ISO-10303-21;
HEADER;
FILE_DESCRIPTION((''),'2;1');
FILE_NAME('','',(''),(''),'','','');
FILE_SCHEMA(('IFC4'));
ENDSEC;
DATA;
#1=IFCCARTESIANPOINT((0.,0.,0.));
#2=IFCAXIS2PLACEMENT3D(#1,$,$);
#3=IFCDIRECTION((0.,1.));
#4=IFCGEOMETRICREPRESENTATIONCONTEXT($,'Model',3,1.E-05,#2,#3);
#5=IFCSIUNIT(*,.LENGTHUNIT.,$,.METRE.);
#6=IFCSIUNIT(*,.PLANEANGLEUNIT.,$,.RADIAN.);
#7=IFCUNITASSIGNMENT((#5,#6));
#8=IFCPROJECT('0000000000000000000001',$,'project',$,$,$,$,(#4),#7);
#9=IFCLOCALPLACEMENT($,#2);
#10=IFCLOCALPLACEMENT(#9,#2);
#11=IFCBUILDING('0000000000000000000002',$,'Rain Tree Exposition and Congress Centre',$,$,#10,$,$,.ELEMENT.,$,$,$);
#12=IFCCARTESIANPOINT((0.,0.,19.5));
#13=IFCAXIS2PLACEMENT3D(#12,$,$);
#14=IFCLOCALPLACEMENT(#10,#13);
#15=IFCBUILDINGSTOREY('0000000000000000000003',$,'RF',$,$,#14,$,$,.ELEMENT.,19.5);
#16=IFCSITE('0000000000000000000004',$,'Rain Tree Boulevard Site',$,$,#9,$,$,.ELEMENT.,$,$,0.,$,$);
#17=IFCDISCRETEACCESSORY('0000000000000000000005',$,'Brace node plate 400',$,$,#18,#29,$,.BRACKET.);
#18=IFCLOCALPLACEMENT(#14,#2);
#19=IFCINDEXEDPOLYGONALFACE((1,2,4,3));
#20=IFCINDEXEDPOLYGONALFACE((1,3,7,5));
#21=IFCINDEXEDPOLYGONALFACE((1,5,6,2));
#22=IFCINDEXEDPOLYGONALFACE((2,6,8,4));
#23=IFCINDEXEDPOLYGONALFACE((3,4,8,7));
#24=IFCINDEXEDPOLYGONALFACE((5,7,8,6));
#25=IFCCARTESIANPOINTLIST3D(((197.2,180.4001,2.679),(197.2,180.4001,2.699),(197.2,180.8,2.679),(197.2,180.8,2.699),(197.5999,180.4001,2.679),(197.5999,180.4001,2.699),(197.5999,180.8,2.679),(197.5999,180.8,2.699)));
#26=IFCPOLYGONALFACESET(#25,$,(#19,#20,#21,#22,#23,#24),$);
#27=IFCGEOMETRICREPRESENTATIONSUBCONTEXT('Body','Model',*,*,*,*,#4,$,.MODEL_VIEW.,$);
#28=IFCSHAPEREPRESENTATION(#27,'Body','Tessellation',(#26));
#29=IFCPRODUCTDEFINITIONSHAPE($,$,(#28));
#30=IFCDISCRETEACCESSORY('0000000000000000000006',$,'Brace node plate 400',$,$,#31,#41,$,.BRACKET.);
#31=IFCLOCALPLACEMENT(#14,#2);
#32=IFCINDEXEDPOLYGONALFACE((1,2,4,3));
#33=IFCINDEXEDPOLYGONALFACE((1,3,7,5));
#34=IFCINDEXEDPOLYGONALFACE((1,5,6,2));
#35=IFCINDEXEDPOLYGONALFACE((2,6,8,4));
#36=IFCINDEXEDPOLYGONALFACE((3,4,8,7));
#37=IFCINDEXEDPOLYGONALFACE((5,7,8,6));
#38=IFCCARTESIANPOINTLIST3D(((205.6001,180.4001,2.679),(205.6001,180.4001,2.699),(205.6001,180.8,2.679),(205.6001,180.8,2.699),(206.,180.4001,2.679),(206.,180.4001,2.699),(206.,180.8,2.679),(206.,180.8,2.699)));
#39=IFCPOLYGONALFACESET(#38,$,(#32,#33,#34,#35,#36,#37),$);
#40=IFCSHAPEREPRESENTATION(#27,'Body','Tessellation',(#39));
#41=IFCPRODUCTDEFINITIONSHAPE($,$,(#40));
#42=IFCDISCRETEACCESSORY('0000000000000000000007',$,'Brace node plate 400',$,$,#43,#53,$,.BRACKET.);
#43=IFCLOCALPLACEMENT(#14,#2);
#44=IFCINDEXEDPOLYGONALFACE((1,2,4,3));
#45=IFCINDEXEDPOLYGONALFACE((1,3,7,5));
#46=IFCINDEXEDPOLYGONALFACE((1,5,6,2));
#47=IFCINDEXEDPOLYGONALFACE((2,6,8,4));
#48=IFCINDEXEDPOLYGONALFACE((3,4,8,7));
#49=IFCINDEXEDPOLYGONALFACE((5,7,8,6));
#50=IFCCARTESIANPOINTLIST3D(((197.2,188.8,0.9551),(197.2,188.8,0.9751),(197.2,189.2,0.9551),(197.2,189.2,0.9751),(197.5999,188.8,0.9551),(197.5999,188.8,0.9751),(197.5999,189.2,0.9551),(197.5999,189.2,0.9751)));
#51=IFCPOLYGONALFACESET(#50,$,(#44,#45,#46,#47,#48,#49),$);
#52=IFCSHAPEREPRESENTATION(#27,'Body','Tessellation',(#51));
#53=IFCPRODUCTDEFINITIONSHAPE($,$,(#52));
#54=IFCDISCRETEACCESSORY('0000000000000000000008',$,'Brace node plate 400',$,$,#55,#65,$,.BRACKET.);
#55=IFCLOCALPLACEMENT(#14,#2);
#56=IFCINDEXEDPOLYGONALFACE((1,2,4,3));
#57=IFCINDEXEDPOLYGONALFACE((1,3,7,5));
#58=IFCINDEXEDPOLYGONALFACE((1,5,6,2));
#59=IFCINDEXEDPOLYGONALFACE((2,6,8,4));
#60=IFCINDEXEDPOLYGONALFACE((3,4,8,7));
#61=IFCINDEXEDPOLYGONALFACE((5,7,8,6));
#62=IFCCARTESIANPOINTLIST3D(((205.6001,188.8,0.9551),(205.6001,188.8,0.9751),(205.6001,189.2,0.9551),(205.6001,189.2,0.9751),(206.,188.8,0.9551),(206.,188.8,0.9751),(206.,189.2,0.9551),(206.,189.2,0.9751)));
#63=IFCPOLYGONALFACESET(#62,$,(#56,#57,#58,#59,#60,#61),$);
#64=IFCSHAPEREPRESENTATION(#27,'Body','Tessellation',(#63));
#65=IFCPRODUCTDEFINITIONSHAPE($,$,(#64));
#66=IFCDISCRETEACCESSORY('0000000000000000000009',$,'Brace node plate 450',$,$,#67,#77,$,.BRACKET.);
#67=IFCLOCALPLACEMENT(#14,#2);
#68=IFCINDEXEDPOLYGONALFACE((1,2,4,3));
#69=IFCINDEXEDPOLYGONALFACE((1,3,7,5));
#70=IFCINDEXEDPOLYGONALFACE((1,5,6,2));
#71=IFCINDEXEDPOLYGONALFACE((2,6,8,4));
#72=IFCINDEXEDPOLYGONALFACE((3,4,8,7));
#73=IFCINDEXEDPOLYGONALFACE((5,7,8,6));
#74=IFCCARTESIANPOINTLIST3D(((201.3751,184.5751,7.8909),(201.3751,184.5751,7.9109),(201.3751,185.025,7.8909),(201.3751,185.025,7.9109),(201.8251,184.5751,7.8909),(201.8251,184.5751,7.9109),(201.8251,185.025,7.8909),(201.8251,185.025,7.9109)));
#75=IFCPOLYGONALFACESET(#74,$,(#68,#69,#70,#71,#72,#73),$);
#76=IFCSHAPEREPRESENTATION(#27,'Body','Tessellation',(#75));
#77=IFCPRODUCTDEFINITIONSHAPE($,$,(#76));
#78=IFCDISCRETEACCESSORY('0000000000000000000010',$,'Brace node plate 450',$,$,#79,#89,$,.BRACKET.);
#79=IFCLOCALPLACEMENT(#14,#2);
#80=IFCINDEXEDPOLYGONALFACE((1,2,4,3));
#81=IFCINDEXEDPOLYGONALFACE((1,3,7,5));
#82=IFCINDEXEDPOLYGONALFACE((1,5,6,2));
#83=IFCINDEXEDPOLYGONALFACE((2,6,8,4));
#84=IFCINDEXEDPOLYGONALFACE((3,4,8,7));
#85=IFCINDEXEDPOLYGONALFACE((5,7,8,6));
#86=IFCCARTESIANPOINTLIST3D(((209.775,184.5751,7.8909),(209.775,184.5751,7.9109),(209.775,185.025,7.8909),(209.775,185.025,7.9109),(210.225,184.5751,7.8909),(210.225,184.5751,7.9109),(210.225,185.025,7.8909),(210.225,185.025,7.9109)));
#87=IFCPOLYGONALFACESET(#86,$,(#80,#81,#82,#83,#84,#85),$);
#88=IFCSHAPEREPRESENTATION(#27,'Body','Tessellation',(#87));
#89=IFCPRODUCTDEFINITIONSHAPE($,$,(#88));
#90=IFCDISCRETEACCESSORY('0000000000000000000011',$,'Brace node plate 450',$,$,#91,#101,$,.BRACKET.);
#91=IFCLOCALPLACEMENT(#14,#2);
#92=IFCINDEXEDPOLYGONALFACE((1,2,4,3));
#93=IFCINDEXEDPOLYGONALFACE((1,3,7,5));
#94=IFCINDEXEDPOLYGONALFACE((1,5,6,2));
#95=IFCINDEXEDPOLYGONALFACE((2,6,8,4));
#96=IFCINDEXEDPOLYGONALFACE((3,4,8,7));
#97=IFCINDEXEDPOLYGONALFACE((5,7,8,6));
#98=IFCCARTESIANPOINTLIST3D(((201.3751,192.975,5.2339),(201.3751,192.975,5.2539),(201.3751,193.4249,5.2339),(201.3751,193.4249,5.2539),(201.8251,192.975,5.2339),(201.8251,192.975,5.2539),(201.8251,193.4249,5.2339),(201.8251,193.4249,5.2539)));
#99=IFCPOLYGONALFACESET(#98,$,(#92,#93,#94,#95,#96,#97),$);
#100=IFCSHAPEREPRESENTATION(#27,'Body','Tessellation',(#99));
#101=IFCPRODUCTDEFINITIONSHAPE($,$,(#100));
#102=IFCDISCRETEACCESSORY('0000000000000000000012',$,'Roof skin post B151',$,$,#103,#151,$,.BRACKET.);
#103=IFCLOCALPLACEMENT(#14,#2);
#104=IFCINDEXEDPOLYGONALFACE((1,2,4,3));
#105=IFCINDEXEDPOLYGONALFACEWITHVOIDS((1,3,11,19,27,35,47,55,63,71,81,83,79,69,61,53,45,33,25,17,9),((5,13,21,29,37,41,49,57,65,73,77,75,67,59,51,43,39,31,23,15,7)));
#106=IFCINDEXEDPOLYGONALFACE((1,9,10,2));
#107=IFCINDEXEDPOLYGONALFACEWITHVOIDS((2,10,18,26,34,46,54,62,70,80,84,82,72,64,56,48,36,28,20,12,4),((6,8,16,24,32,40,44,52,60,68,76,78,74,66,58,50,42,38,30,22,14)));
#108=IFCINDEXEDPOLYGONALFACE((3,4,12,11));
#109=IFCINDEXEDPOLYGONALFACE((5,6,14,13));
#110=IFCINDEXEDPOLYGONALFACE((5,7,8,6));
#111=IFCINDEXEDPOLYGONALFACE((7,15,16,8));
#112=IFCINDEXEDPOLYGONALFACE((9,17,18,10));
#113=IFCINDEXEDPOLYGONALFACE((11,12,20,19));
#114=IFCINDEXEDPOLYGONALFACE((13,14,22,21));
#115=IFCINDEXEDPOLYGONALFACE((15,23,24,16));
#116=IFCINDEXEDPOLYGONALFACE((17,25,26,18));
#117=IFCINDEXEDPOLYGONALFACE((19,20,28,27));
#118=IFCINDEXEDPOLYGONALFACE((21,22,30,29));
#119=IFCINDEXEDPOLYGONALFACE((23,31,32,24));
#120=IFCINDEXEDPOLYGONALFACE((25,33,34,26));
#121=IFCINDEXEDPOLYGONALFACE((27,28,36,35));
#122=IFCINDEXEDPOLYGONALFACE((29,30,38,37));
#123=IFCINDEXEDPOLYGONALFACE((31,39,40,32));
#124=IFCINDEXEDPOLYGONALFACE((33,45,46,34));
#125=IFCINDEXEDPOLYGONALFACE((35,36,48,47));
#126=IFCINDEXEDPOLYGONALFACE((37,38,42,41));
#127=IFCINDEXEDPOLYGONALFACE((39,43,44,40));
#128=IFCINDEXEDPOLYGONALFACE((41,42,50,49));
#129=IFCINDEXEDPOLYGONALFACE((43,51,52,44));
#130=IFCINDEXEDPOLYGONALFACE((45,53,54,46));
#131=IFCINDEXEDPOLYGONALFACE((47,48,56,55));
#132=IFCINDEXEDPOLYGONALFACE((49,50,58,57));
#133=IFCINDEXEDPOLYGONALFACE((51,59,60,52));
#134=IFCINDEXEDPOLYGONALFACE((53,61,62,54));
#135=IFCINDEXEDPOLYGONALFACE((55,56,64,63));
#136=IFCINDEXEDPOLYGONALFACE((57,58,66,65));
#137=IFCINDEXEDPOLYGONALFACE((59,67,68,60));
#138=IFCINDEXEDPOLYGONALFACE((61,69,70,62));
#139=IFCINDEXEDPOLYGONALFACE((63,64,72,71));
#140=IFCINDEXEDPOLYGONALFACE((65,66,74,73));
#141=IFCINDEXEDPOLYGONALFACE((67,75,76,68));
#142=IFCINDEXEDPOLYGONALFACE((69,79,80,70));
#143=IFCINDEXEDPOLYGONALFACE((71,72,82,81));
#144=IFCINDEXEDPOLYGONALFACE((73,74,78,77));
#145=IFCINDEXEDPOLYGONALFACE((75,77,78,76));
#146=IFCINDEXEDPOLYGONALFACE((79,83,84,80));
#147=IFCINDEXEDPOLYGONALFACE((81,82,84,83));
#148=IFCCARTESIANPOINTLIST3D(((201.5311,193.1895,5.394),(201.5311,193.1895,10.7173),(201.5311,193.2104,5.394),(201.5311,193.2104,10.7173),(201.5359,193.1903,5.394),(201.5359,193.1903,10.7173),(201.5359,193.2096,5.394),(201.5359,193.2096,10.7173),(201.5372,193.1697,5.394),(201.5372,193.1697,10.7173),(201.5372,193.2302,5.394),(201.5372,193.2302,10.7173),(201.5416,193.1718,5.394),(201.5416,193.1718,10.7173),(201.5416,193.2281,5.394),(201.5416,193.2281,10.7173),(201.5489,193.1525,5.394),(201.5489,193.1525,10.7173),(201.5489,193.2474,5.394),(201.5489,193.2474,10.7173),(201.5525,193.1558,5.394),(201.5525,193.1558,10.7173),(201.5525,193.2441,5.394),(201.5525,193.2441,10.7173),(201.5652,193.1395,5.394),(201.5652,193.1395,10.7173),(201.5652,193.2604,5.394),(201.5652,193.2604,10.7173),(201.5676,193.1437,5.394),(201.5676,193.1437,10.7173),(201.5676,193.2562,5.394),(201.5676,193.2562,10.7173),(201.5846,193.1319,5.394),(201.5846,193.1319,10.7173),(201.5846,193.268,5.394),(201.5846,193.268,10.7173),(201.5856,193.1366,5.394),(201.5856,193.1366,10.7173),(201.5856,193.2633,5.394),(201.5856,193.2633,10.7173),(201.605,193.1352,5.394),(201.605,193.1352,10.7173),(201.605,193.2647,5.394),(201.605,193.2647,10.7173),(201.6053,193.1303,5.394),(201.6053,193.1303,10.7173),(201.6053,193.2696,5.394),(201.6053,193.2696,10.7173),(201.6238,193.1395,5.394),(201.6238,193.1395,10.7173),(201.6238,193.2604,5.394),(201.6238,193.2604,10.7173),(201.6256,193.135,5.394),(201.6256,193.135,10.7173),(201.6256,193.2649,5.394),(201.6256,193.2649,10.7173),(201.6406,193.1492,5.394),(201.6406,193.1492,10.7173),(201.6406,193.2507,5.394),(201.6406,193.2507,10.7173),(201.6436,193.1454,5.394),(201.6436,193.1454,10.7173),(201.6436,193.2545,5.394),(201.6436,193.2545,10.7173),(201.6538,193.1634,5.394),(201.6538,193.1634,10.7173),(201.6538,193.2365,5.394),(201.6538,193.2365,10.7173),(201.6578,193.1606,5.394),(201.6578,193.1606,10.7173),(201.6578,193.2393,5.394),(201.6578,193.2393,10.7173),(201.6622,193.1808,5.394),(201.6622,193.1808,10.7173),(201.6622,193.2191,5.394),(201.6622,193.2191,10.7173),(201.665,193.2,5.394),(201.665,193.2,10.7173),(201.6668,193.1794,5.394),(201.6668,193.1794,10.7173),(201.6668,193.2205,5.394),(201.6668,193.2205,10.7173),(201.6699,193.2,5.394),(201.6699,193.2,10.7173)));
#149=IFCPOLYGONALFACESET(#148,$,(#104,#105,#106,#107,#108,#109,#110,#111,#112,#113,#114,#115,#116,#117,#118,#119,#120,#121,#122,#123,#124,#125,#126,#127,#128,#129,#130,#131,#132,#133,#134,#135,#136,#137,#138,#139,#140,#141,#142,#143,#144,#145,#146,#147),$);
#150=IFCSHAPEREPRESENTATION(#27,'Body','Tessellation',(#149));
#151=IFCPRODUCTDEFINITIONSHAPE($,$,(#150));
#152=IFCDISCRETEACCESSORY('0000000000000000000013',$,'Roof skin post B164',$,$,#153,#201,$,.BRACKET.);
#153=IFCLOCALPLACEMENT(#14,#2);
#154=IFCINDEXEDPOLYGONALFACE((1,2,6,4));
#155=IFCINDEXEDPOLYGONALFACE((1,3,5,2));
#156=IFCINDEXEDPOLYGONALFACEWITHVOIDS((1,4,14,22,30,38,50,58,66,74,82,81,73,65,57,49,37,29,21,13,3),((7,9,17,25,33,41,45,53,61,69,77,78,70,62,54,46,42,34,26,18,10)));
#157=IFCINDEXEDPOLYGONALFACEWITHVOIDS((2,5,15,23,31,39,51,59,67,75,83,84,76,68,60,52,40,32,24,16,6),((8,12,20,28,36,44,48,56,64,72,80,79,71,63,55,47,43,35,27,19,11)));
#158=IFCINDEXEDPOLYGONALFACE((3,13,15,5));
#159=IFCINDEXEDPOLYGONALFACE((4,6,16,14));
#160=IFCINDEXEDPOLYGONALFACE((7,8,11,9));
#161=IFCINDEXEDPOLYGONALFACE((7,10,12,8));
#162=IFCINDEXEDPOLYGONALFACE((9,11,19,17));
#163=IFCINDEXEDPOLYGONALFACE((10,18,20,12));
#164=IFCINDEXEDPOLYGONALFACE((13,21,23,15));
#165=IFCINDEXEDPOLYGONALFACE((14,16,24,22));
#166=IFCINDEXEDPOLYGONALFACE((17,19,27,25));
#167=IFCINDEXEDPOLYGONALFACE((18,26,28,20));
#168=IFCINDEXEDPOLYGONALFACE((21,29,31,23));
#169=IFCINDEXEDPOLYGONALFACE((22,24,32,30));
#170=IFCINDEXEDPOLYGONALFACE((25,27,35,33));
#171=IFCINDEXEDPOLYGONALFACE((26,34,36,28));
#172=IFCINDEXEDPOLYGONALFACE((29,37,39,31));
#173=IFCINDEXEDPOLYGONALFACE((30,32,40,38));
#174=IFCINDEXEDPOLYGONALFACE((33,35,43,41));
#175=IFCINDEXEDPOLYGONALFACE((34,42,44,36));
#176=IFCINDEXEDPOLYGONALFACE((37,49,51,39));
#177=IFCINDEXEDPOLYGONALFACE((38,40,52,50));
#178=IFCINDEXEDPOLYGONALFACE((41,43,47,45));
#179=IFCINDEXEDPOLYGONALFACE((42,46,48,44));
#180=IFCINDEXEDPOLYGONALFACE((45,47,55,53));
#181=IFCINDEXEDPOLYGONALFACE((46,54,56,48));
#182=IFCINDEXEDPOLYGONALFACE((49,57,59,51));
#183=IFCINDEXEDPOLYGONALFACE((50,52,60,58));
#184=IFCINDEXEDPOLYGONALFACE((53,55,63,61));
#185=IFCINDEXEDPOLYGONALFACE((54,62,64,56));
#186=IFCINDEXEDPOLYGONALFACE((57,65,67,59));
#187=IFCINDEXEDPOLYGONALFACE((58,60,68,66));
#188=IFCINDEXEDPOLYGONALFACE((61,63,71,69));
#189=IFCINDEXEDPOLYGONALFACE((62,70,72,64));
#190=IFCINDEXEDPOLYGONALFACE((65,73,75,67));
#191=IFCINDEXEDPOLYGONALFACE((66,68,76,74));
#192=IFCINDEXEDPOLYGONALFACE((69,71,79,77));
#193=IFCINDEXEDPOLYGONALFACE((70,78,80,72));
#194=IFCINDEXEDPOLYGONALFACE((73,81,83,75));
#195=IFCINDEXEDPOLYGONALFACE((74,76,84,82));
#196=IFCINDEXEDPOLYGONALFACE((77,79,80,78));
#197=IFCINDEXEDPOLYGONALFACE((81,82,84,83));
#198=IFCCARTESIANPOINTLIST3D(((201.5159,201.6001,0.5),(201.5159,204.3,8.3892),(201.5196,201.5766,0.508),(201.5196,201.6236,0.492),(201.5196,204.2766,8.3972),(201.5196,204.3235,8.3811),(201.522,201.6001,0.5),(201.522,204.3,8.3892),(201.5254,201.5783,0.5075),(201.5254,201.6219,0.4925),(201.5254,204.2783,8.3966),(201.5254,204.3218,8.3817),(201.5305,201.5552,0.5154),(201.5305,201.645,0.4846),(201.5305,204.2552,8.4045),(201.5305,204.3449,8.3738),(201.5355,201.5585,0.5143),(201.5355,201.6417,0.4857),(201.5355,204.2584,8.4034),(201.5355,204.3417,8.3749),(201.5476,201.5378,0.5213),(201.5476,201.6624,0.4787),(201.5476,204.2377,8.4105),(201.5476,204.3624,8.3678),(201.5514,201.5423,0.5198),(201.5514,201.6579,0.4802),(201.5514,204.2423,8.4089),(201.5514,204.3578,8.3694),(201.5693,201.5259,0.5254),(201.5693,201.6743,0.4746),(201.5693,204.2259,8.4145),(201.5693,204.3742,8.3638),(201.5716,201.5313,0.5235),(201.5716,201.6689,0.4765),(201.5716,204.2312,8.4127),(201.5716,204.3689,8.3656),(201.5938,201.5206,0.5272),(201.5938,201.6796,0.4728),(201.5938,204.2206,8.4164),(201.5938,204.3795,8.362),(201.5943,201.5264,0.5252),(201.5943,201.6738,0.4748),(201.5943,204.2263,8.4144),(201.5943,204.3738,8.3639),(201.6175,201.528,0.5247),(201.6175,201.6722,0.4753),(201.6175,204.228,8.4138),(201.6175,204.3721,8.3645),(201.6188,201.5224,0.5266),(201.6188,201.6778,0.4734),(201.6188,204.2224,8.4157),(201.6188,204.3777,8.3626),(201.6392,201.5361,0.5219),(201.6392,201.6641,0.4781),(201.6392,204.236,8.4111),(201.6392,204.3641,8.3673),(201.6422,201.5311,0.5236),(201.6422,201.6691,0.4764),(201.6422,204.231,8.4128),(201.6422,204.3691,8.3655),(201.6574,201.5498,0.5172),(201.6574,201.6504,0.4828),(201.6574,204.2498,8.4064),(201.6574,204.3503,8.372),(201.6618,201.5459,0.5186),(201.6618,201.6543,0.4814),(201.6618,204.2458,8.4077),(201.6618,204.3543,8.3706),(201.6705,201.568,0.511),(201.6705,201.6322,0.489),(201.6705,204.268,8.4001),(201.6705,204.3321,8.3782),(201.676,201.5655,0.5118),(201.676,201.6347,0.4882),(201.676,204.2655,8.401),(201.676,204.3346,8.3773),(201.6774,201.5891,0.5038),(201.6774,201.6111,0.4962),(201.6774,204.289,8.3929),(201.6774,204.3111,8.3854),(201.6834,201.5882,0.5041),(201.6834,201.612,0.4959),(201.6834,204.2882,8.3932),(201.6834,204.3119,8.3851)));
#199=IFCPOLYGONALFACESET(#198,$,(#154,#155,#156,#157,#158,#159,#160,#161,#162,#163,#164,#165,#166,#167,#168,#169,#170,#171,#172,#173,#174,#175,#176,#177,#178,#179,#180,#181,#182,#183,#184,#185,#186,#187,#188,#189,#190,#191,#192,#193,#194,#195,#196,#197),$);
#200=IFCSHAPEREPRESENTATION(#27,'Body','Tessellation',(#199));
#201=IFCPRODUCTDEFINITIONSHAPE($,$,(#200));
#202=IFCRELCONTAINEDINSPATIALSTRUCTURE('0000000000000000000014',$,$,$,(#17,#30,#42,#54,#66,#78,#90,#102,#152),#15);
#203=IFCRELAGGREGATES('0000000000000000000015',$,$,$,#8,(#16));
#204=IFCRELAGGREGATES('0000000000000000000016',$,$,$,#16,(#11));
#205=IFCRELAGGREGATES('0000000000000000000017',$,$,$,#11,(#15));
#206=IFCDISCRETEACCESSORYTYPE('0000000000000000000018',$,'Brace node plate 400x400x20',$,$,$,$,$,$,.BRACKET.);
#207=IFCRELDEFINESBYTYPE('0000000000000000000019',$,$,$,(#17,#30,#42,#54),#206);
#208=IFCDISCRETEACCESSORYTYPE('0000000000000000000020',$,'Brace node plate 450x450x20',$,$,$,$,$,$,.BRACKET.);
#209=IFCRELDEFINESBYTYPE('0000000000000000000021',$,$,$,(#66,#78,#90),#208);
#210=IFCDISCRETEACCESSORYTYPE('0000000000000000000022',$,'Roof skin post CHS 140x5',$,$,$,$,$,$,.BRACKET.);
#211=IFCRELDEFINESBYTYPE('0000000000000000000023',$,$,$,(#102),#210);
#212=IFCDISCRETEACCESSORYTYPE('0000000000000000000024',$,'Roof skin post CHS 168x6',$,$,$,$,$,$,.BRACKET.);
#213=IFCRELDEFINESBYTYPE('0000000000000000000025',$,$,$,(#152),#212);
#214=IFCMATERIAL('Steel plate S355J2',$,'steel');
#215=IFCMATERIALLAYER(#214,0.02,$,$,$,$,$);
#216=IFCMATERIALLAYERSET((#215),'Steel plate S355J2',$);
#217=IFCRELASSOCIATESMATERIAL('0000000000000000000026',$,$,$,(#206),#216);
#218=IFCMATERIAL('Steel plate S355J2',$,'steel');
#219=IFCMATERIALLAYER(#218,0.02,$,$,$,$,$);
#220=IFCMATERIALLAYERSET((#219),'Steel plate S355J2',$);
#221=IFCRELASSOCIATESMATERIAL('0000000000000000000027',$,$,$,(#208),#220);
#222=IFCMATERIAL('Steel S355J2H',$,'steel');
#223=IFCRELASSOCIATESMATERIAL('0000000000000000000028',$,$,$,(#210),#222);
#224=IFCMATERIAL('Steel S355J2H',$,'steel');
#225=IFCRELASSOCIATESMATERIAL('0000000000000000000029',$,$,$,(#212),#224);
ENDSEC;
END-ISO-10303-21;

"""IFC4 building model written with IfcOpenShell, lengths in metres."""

from ifc_helpers import new_model, si_unit, direction, frame, origin, origin_2d, place, context, subcontext, project, spatial, rectangle, hollow_circle, extrude, material, layer, layer_set, material_profile, profile_set, type_object, element, save


model = new_model("IFC4")

# Units and contexts
model_context = context("Model", 3, precision=1e-05, world=origin(), true_north=direction((0.0, 1.0)))
body_context = subcontext(model_context, "Body", "Model", "MODEL_VIEW")
ifc_project = project(units=[si_unit("LENGTHUNIT", "METRE"), si_unit("PLANEANGLEUNIT", "RADIAN")], contexts=[model_context])

# Site, building, storey
site_placement = place(None, origin())
site = spatial("IfcSite", under=ifc_project, at=site_placement, Name="Rain Tree Boulevard Site", CompositionType="ELEMENT", RefElevation=0.0)
building_placement = place(site_placement, origin())
building = spatial("IfcBuilding", under=site, at=building_placement, Name="Rain Tree Exposition and Congress Centre", CompositionType="ELEMENT")
storey_placement = place(building_placement, frame((0.0, 0.0, 19.5)))
storey = spatial("IfcBuildingStorey", under=building, at=storey_placement, Name="RF", CompositionType="ELEMENT", Elevation=19.5)

# Discrete accessories
ifc_material_1 = material(Name="Steel plate S355J2", Category="steel")
ifc_layer_1 = layer(ifc_material_1, 0.02)
ifc_layer_set_1 = layer_set([ifc_layer_1], Name="Steel plate S355J2")
discrete_accessory_type_1 = type_object("IfcDiscreteAccessoryType", Name="Brace node plate 400x400x20", PredefinedType="BRACKET", material=ifc_layer_set_1)
for number, where, z_axis, x_axis, name in (
    (1, (197.3999, 180.6001, 2.679), (0.0, 0.0, 1.0), (1.0, 0.0, 0.0), "Brace node plate 400"),
    (2, (205.8, 180.6001, 2.679), (0.0, 0.0, 1.0), (1.0, 0.0, 0.0), "Brace node plate 400"),
    (3, (197.3999, 189.0, 0.9551), (0.0, 0.0, 1.0), (1.0, 0.0, 0.0), "Brace node plate 400"),
    (4, (205.8, 189.0, 0.9551), (0.0, 0.0, 1.0), (1.0, 0.0, 0.0), "Brace node plate 400"),
):
    element("IfcDiscreteAccessory", number, at=place(storey_placement, frame(where, z_axis=z_axis, x_axis=x_axis)), inside=storey, type_object=discrete_accessory_type_1, Name=name, PredefinedType="BRACKET", context=body_context, shape_type="SweptSolid", body=[
        extrude(rectangle(XDim=0.3999, YDim=0.3999, at=origin_2d()), origin(), (0.0, 0.0, 1.0), 0.02),
    ])
ifc_material_2 = material(Name="Steel plate S355J2", Category="steel")
ifc_layer_2 = layer(ifc_material_2, 0.02)
ifc_layer_set_2 = layer_set([ifc_layer_2], Name="Steel plate S355J2")
discrete_accessory_type_2 = type_object("IfcDiscreteAccessoryType", Name="Brace node plate 450x450x20", PredefinedType="BRACKET", material=ifc_layer_set_2)
for number, where, z_axis, x_axis, name in (
    (5, (201.6001, 184.8, 7.8909), (0.0, 0.0, 1.0), (1.0, 0.0, 0.0), "Brace node plate 450"),
    (6, (210.0, 184.8, 7.8909), (0.0, 0.0, 1.0), (1.0, 0.0, 0.0), "Brace node plate 450"),
    (7, (201.6001, 193.2, 5.2339), (0.0, 0.0, 1.0), (1.0, 0.0, 0.0), "Brace node plate 450"),
):
    element("IfcDiscreteAccessory", number, at=place(storey_placement, frame(where, z_axis=z_axis, x_axis=x_axis)), inside=storey, type_object=discrete_accessory_type_2, Name=name, PredefinedType="BRACKET", context=body_context, shape_type="SweptSolid", body=[
        extrude(rectangle(XDim=0.45, YDim=0.45, at=origin_2d()), origin(), (0.0, 0.0, 1.0), 0.02),
    ])
ifc_material_3 = material(Name="Steel S355J2H", Category="steel")
ifc_material_profile_1 = material_profile(ifc_material_3, hollow_circle(Radius=0.0698, WallThickness=0.0049, at=origin_2d()), Name="CHS 140x5")
ifc_profile_set_1 = profile_set([ifc_material_profile_1], Name="Steel S355J2H")
discrete_accessory_type_3 = type_object("IfcDiscreteAccessoryType", Name="Roof skin post CHS 140x5", PredefinedType="BRACKET", material=ifc_profile_set_1)
discrete_accessory_1_placement = place(storey_placement, frame((201.6001, 193.2, 5.394), z_axis=(0.0, 0.0, 1.0), x_axis=(1.0, 0.0, 0.0)))
element("IfcDiscreteAccessory", 8, at=discrete_accessory_1_placement, inside=storey, type_object=discrete_accessory_type_3, Name="Roof skin post B151", PredefinedType="BRACKET", context=body_context, shape_type="SweptSolid", body=[
    extrude(hollow_circle(Radius=0.0698, WallThickness=0.0049, at=origin_2d()), origin(), (0.0, 0.0, 1.0), 5.3232),
])
ifc_material_4 = material(Name="Steel S355J2H", Category="steel")
ifc_material_profile_2 = material_profile(ifc_material_4, hollow_circle(Radius=0.0842, WallThickness=0.0061, at=origin_2d()), Name="CHS 168x6")
ifc_profile_set_2 = profile_set([ifc_material_profile_2], Name="Steel S355J2H")
discrete_accessory_type_4 = type_object("IfcDiscreteAccessoryType", Name="Roof skin post CHS 168x6", PredefinedType="BRACKET", material=ifc_profile_set_2)
discrete_accessory_2_placement = place(storey_placement, frame((201.6001, 201.6001, 0.5), z_axis=(0.0, 0.323798, 0.946126), x_axis=(-1.0, 0.0, 0.0)))
element("IfcDiscreteAccessory", 9, at=discrete_accessory_2_placement, inside=storey, type_object=discrete_accessory_type_4, Name="Roof skin post B164", PredefinedType="BRACKET", context=body_context, shape_type="SweptSolid", body=[
    extrude(hollow_circle(Radius=0.0842, WallThickness=0.0061, at=origin_2d()), origin(), (0.0, 0.0, 1.0), 8.3384),
])

save(model, "model.ifc")
